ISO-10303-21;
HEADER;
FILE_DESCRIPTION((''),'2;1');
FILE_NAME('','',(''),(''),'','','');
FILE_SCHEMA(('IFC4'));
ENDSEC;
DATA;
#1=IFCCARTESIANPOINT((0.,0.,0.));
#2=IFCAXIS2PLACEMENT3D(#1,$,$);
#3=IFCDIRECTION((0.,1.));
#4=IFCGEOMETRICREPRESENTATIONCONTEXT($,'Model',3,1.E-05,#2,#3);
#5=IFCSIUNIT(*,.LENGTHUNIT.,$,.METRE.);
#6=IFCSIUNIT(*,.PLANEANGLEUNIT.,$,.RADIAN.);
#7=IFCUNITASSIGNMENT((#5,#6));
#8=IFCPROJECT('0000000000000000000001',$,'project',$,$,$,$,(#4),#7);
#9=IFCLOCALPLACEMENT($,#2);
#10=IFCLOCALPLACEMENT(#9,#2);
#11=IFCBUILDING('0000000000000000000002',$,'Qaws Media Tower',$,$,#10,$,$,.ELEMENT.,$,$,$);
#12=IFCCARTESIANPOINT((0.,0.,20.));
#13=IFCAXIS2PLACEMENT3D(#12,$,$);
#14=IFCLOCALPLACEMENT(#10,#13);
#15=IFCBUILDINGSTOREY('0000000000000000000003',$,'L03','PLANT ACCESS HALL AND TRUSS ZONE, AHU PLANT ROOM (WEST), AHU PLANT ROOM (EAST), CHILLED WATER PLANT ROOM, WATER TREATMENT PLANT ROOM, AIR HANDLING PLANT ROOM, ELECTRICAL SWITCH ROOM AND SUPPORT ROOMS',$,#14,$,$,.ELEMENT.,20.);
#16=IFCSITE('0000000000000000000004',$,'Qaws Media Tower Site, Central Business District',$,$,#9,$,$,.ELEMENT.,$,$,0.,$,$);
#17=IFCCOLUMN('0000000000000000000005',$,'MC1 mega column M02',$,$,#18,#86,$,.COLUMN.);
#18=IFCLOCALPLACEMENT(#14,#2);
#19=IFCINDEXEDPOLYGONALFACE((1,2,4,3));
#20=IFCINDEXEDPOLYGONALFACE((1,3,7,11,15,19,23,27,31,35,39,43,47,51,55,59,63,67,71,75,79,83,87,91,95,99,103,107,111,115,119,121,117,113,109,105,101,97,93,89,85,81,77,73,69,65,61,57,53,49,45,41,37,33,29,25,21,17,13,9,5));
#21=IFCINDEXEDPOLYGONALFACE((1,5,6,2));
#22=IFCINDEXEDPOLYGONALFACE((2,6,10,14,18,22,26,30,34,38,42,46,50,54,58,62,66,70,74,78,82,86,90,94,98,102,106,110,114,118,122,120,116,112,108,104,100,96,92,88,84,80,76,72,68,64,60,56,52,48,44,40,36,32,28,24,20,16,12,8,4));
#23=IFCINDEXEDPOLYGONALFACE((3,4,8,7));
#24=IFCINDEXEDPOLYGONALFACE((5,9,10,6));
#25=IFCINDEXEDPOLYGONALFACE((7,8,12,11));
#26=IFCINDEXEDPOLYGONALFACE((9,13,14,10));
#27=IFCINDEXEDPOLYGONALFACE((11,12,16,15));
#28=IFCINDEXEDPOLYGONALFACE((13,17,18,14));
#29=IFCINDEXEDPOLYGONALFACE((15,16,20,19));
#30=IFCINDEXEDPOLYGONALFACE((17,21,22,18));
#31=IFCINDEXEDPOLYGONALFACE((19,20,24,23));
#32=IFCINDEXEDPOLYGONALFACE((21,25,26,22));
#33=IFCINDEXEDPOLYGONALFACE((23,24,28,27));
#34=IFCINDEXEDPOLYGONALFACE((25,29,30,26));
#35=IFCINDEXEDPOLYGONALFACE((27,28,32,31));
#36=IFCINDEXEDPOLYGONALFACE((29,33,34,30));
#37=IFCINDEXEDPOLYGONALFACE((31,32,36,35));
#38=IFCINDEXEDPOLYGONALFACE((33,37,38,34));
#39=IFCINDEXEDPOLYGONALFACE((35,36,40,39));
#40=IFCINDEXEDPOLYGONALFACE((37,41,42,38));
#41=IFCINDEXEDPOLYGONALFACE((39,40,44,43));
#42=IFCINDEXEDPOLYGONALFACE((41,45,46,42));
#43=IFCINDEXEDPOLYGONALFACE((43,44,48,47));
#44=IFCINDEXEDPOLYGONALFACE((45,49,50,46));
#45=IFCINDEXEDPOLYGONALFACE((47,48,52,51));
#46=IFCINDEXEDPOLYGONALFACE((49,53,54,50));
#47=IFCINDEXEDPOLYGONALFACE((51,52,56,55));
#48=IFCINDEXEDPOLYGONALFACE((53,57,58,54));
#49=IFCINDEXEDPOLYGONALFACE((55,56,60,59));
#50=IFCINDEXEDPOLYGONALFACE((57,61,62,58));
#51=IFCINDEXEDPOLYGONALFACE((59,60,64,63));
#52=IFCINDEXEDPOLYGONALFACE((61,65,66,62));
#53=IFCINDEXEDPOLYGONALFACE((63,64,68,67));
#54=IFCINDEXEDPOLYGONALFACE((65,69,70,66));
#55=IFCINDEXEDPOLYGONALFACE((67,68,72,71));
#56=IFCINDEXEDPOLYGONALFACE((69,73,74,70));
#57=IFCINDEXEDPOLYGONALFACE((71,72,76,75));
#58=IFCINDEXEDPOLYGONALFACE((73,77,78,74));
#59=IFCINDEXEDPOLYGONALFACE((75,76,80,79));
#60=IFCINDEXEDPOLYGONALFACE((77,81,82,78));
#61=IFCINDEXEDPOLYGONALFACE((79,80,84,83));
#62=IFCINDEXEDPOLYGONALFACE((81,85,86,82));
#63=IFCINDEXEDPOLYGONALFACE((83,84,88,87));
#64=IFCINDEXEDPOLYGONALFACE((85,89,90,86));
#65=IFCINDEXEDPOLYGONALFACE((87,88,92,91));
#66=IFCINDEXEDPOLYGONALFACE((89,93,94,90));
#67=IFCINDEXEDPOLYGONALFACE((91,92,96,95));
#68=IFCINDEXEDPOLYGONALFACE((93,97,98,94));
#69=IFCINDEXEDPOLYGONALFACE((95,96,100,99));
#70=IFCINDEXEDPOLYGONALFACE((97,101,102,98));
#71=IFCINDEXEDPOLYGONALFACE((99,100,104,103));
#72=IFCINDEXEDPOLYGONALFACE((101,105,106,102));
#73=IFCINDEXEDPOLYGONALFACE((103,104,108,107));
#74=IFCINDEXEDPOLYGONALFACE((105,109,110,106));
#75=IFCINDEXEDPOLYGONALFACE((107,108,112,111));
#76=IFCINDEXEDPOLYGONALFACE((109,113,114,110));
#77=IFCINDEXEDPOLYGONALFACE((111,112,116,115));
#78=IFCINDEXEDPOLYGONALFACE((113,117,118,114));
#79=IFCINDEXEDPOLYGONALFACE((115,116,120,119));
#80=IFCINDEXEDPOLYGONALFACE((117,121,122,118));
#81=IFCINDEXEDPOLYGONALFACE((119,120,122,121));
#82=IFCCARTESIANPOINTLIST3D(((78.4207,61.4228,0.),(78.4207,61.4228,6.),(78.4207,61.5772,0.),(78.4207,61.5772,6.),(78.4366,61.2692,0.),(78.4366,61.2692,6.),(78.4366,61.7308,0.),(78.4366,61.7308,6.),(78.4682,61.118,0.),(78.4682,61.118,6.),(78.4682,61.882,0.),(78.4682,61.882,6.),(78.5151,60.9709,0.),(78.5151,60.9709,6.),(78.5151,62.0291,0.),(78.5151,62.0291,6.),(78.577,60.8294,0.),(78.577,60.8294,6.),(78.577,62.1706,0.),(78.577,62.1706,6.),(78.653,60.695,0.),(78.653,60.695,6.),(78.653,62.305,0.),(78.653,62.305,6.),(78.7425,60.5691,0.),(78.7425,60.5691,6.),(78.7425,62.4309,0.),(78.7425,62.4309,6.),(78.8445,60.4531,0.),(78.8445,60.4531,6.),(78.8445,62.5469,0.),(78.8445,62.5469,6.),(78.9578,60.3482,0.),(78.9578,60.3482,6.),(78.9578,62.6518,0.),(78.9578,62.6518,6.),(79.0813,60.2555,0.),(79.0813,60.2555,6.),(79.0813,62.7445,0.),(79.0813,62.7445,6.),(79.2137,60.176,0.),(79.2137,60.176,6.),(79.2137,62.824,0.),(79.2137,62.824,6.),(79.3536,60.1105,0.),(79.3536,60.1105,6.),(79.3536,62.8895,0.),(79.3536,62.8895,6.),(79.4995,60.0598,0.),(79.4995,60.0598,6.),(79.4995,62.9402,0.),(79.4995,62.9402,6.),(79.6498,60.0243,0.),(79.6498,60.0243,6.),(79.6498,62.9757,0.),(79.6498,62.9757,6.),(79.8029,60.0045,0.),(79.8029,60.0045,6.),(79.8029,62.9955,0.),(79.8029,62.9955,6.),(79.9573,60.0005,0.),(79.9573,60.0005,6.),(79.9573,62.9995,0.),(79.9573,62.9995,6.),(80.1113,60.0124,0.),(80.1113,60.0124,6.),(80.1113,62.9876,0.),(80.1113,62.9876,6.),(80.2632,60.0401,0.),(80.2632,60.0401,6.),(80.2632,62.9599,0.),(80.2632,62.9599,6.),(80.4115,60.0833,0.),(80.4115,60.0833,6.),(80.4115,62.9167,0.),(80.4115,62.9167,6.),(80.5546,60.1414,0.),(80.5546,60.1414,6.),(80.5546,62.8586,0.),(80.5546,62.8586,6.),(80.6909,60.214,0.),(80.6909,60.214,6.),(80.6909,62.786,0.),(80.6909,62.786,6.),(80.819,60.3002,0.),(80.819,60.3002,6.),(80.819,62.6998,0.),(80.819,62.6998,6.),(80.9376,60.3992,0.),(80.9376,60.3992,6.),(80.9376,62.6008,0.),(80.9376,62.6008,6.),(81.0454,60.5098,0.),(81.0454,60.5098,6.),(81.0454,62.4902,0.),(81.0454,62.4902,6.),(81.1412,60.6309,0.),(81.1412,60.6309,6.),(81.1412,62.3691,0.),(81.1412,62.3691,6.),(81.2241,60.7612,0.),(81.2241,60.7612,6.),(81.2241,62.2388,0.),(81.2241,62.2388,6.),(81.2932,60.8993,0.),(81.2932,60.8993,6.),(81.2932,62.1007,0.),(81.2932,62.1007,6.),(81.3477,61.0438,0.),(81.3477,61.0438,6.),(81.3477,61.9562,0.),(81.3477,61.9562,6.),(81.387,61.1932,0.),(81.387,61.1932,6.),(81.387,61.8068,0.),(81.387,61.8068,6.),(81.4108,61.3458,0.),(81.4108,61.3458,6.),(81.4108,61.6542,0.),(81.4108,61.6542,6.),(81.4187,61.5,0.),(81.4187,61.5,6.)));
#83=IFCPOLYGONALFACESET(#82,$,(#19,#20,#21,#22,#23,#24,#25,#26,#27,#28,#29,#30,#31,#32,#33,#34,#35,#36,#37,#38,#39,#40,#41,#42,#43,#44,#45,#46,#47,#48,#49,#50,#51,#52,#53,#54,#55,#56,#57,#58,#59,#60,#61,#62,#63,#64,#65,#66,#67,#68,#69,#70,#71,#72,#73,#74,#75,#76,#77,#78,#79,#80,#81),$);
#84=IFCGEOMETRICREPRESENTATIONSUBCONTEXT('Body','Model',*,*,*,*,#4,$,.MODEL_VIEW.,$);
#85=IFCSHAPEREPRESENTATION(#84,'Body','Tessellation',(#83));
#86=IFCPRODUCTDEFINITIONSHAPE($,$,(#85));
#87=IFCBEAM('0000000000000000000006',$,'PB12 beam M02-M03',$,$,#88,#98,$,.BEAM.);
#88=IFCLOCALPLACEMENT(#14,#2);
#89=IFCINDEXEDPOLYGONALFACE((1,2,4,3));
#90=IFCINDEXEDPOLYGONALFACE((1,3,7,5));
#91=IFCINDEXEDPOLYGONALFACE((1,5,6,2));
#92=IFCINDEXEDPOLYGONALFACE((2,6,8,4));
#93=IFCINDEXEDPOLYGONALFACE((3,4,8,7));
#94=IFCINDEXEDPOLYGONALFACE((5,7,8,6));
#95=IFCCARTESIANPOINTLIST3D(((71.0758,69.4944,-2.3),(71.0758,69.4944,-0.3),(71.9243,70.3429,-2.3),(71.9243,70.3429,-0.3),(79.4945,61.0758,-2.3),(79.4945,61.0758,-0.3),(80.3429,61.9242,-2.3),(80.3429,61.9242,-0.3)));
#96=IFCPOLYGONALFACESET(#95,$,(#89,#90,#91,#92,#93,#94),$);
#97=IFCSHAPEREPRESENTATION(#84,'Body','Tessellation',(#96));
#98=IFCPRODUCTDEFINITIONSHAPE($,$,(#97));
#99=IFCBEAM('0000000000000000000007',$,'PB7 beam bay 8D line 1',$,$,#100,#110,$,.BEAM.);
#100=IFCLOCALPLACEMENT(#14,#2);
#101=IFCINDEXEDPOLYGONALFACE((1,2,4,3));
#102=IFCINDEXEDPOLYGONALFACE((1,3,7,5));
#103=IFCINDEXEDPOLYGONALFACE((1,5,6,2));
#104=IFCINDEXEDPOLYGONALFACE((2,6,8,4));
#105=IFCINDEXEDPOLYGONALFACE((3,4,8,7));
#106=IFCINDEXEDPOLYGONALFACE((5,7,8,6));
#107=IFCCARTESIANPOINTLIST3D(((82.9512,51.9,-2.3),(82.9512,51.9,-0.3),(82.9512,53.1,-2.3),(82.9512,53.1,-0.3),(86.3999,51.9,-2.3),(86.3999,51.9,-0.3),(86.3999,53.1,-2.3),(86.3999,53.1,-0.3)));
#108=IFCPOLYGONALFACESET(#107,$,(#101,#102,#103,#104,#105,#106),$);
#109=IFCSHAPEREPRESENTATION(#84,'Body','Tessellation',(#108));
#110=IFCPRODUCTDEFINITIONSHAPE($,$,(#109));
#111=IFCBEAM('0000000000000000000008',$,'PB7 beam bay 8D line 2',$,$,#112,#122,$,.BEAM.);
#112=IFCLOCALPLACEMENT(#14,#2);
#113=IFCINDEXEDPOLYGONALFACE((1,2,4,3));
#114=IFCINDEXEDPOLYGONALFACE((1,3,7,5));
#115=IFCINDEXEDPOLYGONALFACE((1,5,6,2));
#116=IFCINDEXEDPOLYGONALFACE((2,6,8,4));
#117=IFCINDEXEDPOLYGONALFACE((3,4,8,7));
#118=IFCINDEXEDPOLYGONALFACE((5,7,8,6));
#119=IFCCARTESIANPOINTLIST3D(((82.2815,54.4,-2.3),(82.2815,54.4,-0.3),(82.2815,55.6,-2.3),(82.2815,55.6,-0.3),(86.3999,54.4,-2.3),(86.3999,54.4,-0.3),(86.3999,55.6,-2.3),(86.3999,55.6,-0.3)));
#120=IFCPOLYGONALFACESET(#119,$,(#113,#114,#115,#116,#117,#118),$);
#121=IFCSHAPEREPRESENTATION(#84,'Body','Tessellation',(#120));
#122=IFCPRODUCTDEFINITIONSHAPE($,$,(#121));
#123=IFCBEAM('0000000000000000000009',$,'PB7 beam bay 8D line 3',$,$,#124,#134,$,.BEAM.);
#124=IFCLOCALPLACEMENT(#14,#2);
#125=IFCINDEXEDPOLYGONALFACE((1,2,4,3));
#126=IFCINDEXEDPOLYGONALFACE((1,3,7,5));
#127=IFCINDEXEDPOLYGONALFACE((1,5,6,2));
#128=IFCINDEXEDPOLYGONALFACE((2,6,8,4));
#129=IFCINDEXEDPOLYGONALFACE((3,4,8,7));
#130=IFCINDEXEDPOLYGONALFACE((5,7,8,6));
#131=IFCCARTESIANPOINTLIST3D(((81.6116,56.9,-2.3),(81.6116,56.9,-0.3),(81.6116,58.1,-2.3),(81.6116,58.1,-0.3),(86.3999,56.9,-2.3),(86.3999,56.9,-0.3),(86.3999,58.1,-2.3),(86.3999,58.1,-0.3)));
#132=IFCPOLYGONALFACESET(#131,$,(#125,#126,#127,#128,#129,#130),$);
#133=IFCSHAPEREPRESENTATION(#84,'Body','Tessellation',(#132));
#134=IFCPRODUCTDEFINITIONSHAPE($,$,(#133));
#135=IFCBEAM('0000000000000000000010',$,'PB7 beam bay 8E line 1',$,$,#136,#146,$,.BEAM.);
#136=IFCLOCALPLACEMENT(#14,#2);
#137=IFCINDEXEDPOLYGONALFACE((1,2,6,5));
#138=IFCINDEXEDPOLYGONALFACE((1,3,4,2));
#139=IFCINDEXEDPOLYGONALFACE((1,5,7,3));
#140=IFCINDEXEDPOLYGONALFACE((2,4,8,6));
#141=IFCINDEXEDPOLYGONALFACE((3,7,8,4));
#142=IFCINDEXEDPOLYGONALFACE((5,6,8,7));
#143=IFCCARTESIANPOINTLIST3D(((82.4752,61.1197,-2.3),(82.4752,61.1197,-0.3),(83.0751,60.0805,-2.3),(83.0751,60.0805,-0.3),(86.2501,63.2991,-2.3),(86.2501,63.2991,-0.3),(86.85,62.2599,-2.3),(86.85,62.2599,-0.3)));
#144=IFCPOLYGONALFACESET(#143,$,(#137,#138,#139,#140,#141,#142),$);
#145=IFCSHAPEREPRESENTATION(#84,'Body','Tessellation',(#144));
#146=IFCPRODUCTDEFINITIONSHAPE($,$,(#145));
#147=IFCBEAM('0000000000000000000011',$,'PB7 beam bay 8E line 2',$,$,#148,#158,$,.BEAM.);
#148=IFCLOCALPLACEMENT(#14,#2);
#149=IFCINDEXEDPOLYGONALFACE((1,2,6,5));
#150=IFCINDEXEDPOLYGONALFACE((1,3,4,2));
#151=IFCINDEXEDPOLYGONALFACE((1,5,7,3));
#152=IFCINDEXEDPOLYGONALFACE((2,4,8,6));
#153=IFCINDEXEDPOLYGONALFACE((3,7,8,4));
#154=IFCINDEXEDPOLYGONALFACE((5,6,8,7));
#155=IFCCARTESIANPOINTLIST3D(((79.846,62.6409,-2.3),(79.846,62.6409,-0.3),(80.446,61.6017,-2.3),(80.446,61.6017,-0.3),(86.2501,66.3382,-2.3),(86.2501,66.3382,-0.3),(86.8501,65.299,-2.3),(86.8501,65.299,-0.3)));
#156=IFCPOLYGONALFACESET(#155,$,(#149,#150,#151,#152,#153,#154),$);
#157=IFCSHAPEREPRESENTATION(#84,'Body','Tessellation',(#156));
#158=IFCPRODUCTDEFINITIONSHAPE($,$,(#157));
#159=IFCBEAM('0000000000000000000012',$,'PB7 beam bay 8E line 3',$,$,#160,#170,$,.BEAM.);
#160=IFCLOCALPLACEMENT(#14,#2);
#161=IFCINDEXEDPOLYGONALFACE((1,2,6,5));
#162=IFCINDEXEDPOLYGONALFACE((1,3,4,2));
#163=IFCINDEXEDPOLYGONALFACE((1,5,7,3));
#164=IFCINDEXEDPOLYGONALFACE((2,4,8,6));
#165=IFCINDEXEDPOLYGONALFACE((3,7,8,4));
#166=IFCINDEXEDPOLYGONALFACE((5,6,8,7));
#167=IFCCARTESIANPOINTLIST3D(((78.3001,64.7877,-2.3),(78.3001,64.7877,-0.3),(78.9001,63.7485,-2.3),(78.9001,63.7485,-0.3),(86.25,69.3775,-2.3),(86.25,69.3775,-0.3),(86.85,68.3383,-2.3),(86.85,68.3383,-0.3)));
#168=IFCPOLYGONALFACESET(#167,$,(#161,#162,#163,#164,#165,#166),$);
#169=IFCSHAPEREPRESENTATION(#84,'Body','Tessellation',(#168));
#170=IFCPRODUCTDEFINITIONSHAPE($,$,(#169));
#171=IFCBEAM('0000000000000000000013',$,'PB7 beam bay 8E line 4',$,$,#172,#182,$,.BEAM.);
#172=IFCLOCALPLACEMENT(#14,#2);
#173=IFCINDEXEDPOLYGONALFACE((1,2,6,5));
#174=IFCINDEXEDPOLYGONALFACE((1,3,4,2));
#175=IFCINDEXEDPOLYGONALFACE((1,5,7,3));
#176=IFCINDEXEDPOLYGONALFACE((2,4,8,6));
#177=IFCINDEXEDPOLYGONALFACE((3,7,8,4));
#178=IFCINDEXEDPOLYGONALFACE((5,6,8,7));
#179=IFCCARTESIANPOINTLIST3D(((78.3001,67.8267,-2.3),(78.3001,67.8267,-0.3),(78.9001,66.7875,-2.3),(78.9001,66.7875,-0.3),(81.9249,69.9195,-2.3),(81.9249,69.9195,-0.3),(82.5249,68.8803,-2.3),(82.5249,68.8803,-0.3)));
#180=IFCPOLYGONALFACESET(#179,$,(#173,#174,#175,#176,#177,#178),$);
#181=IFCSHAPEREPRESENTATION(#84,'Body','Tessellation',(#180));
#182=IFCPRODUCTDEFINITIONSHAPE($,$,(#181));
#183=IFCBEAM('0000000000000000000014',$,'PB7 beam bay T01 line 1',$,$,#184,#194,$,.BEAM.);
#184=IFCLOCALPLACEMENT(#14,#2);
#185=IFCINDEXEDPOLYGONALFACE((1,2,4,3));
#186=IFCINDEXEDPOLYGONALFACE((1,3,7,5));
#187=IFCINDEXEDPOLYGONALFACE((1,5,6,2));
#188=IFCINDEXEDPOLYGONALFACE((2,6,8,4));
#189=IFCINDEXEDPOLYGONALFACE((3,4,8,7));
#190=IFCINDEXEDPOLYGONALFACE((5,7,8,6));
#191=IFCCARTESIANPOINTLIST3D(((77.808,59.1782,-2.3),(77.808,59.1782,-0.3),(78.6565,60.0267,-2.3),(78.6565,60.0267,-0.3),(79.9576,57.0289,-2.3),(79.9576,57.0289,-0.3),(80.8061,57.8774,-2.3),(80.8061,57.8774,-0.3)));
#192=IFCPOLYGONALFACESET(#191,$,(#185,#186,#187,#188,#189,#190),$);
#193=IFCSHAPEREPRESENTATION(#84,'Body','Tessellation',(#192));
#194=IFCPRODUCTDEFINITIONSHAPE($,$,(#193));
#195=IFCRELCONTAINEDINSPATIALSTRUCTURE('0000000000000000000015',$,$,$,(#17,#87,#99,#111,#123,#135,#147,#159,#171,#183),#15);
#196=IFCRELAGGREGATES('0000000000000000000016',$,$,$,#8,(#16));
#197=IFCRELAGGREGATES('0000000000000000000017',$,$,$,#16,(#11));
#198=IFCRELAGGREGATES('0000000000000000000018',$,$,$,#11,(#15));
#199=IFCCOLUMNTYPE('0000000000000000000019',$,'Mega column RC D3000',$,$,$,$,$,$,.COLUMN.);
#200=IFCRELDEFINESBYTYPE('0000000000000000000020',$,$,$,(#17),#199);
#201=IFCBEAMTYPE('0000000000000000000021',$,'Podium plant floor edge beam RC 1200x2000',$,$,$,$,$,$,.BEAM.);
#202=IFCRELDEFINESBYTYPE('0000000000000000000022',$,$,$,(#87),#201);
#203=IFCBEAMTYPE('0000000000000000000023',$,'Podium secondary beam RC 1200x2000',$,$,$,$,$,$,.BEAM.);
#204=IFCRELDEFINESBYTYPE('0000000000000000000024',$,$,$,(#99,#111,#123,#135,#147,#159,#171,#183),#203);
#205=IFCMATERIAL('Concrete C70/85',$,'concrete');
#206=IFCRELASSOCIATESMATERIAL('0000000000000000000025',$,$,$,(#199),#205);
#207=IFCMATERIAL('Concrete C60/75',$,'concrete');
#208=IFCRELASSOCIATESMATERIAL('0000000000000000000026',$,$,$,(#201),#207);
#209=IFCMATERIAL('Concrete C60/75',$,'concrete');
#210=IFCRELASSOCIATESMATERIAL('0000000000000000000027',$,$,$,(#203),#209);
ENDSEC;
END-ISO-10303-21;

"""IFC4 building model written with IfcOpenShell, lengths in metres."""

from ifc_helpers import new_model, si_unit, direction, frame, origin, origin_2d, place, context, subcontext, project, spatial, rectangle, circle, extrude, material, material_profile, profile_set, type_object, element, save


model = new_model("IFC4")

# Units and contexts
model_context = context("Model", 3, precision=1e-05, world=origin(), true_north=direction((0.0, 1.0)))
body_context = subcontext(model_context, "Body", "Model", "MODEL_VIEW")
ifc_project = project(units=[si_unit("LENGTHUNIT", "METRE"), si_unit("PLANEANGLEUNIT", "RADIAN")], contexts=[model_context])

# Site, building, storey
site_placement = place(None, origin())
site = spatial("IfcSite", under=ifc_project, at=site_placement, Name="Qaws Media Tower Site, Central Business District", CompositionType="ELEMENT", RefElevation=0.0)
building_placement = place(site_placement, origin())
building = spatial("IfcBuilding", under=site, at=building_placement, Name="Qaws Media Tower", CompositionType="ELEMENT")
storey_placement = place(building_placement, frame((0.0, 0.0, 20.0)))
storey = spatial("IfcBuildingStorey", under=building, at=storey_placement, Name="L03", Description="PLANT ACCESS HALL AND TRUSS ZONE, AHU PLANT ROOM (WEST), AHU PLANT ROOM (EAST), CHILLED WATER PLANT ROOM, WATER TREATMENT PLANT ROOM, AIR HANDLING PLANT ROOM, ELECTRICAL SWITCH ROOM AND SUPPORT ROOMS", CompositionType="ELEMENT", Elevation=20.0)

# Column
ifc_material_1 = material(Name="Concrete C70/85", Category="concrete")
ifc_material_profile_1 = material_profile(ifc_material_1, circle(Radius=1.5, at=origin_2d()), Name="RC D3000")
ifc_profile_set_1 = profile_set([ifc_material_profile_1], Name="Concrete C70/85")
column_type = type_object("IfcColumnType", Name="Mega column RC D3000", PredefinedType="COLUMN", material=ifc_profile_set_1)
column_placement = place(storey_placement, frame((79.9187, 61.5, 0.0), z_axis=(0.0, 0.0, 1.0), x_axis=(1.0, 0.0, 0.0)))
element("IfcColumn", 1, at=column_placement, inside=storey, type_object=column_type, Name="MC1 mega column M02", PredefinedType="COLUMN", context=body_context, shape_type="SweptSolid", body=[
    extrude(circle(Radius=1.5, at=origin_2d()), origin(), (0.0, 0.0, 1.0), 6.0),
])

# Beams
ifc_material_2 = material(Name="Concrete C60/75", Category="concrete")
ifc_material_profile_2 = material_profile(ifc_material_2, rectangle(XDim=1.2, YDim=2.0, at=origin_2d()), Name="RC 1200x2000")
ifc_profile_set_2 = profile_set([ifc_material_profile_2], Name="Concrete C60/75")
beam_type_1 = type_object("IfcBeamType", Name="Podium plant floor edge beam RC 1200x2000", PredefinedType="BEAM", material=ifc_profile_set_2)
beam_1_placement = place(storey_placement, frame((79.9187, 61.5, -1.3), z_axis=(-0.707107, 0.707107, 0.0), x_axis=(-0.707107, -0.707107, 0.0)))
element("IfcBeam", 2, at=beam_1_placement, inside=storey, type_object=beam_type_1, Name="PB12 beam M02-M03", PredefinedType="BEAM", context=body_context, shape_type="SweptSolid", body=[
    extrude(rectangle(XDim=1.2, YDim=2.0, at=origin_2d()), origin(), (0.0, 0.0, 1.0), 11.9058),
])
ifc_material_3 = material(Name="Concrete C60/75", Category="concrete")
ifc_material_profile_3 = material_profile(ifc_material_3, rectangle(XDim=1.2, YDim=2.0, at=origin_2d()), Name="RC 1200x2000")
ifc_profile_set_3 = profile_set([ifc_material_profile_3], Name="Concrete C60/75")
beam_type_2 = type_object("IfcBeamType", Name="Podium secondary beam RC 1200x2000", PredefinedType="BEAM", material=ifc_profile_set_3)
beam_2_placement = place(storey_placement, frame((82.9512, 52.5, -1.3), z_axis=(1.0, 0.0, 0.0), x_axis=(0.0, 1.0, 0.0)))
element("IfcBeam", 3, at=beam_2_placement, inside=storey, type_object=beam_type_2, Name="PB7 beam bay 8D line 1", PredefinedType="BEAM", context=body_context, shape_type="SweptSolid", body=[
    extrude(rectangle(XDim=1.2, YDim=2.0, at=origin_2d()), origin(), (0.0, 0.0, 1.0), 3.4487),
])
beam_3_placement = place(storey_placement, frame((82.2815, 55.0, -1.3), z_axis=(1.0, 0.0, 0.0), x_axis=(0.0, 1.0, 0.0)))
element("IfcBeam", 4, at=beam_3_placement, inside=storey, type_object=beam_type_2, Name="PB7 beam bay 8D line 2", PredefinedType="BEAM", context=body_context, shape_type="SweptSolid", body=[
    extrude(rectangle(XDim=1.2, YDim=2.0, at=origin_2d()), origin(), (0.0, 0.0, 1.0), 4.1184),
])
beam_4_placement = place(storey_placement, frame((81.6116, 57.5, -1.3), z_axis=(1.0, 0.0, 0.0), x_axis=(0.0, 1.0, 0.0)))
element("IfcBeam", 5, at=beam_4_placement, inside=storey, type_object=beam_type_2, Name="PB7 beam bay 8D line 3", PredefinedType="BEAM", context=body_context, shape_type="SweptSolid", body=[
    extrude(rectangle(XDim=1.2, YDim=2.0, at=origin_2d()), origin(), (0.0, 0.0, 1.0), 4.7883),
])
beam_5_placement = place(storey_placement, frame((82.7751, 60.6001, -1.3), z_axis=(0.866025, 0.5, 0.0), x_axis=(-0.5, 0.866025, 0.0)))
element("IfcBeam", 6, at=beam_5_placement, inside=storey, type_object=beam_type_2, Name="PB7 beam bay 8E line 1", PredefinedType="BEAM", context=body_context, shape_type="SweptSolid", body=[
    extrude(rectangle(XDim=1.2, YDim=2.0, at=origin_2d()), origin(), (0.0, 0.0, 1.0), 4.3589),
])
beam_6_placement = place(storey_placement, frame((80.146, 62.1213, -1.3), z_axis=(0.866032, 0.499988, 0.0), x_axis=(-0.499988, 0.866032, 0.0)))
element("IfcBeam", 7, at=beam_6_placement, inside=storey, type_object=beam_type_2, Name="PB7 beam bay 8E line 2", PredefinedType="BEAM", context=body_context, shape_type="SweptSolid", body=[
    extrude(rectangle(XDim=1.2, YDim=2.0, at=origin_2d()), origin(), (0.0, 0.0, 1.0), 7.3948),
])
beam_7_placement = place(storey_placement, frame((78.6001, 64.2681, -1.3), z_axis=(0.866028, 0.499995, 0.0), x_axis=(-0.499995, 0.866028, 0.0)))
element("IfcBeam", 8, at=beam_7_placement, inside=storey, type_object=beam_type_2, Name="PB7 beam bay 8E line 3", PredefinedType="BEAM", context=body_context, shape_type="SweptSolid", body=[
    extrude(rectangle(XDim=1.2, YDim=2.0, at=origin_2d()), origin(), (0.0, 0.0, 1.0), 9.1797),
])
beam_8_placement = place(storey_placement, frame((78.6001, 67.3071, -1.3), z_axis=(0.866023, 0.500004, 0.0), x_axis=(-0.500004, 0.866023, 0.0)))
element("IfcBeam", 9, at=beam_8_placement, inside=storey, type_object=beam_type_2, Name="PB7 beam bay 8E line 4", PredefinedType="BEAM", context=body_context, shape_type="SweptSolid", body=[
    extrude(rectangle(XDim=1.2, YDim=2.0, at=origin_2d()), origin(), (0.0, 0.0, 1.0), 4.1855),
])
beam_9_placement = place(storey_placement, frame((80.3818, 57.4531, -1.3), z_axis=(-0.707147, 0.707067, 0.0), x_axis=(-0.707067, -0.707147, 0.0)))
element("IfcBeam", 10, at=beam_9_placement, inside=storey, type_object=beam_type_2, Name="PB7 beam bay T01 line 1", PredefinedType="BEAM", context=body_context, shape_type="SweptSolid", body=[
    extrude(rectangle(XDim=1.2, YDim=2.0, at=origin_2d()), origin(), (0.0, 0.0, 1.0), 3.0398),
])

save(model, "model.ifc")
